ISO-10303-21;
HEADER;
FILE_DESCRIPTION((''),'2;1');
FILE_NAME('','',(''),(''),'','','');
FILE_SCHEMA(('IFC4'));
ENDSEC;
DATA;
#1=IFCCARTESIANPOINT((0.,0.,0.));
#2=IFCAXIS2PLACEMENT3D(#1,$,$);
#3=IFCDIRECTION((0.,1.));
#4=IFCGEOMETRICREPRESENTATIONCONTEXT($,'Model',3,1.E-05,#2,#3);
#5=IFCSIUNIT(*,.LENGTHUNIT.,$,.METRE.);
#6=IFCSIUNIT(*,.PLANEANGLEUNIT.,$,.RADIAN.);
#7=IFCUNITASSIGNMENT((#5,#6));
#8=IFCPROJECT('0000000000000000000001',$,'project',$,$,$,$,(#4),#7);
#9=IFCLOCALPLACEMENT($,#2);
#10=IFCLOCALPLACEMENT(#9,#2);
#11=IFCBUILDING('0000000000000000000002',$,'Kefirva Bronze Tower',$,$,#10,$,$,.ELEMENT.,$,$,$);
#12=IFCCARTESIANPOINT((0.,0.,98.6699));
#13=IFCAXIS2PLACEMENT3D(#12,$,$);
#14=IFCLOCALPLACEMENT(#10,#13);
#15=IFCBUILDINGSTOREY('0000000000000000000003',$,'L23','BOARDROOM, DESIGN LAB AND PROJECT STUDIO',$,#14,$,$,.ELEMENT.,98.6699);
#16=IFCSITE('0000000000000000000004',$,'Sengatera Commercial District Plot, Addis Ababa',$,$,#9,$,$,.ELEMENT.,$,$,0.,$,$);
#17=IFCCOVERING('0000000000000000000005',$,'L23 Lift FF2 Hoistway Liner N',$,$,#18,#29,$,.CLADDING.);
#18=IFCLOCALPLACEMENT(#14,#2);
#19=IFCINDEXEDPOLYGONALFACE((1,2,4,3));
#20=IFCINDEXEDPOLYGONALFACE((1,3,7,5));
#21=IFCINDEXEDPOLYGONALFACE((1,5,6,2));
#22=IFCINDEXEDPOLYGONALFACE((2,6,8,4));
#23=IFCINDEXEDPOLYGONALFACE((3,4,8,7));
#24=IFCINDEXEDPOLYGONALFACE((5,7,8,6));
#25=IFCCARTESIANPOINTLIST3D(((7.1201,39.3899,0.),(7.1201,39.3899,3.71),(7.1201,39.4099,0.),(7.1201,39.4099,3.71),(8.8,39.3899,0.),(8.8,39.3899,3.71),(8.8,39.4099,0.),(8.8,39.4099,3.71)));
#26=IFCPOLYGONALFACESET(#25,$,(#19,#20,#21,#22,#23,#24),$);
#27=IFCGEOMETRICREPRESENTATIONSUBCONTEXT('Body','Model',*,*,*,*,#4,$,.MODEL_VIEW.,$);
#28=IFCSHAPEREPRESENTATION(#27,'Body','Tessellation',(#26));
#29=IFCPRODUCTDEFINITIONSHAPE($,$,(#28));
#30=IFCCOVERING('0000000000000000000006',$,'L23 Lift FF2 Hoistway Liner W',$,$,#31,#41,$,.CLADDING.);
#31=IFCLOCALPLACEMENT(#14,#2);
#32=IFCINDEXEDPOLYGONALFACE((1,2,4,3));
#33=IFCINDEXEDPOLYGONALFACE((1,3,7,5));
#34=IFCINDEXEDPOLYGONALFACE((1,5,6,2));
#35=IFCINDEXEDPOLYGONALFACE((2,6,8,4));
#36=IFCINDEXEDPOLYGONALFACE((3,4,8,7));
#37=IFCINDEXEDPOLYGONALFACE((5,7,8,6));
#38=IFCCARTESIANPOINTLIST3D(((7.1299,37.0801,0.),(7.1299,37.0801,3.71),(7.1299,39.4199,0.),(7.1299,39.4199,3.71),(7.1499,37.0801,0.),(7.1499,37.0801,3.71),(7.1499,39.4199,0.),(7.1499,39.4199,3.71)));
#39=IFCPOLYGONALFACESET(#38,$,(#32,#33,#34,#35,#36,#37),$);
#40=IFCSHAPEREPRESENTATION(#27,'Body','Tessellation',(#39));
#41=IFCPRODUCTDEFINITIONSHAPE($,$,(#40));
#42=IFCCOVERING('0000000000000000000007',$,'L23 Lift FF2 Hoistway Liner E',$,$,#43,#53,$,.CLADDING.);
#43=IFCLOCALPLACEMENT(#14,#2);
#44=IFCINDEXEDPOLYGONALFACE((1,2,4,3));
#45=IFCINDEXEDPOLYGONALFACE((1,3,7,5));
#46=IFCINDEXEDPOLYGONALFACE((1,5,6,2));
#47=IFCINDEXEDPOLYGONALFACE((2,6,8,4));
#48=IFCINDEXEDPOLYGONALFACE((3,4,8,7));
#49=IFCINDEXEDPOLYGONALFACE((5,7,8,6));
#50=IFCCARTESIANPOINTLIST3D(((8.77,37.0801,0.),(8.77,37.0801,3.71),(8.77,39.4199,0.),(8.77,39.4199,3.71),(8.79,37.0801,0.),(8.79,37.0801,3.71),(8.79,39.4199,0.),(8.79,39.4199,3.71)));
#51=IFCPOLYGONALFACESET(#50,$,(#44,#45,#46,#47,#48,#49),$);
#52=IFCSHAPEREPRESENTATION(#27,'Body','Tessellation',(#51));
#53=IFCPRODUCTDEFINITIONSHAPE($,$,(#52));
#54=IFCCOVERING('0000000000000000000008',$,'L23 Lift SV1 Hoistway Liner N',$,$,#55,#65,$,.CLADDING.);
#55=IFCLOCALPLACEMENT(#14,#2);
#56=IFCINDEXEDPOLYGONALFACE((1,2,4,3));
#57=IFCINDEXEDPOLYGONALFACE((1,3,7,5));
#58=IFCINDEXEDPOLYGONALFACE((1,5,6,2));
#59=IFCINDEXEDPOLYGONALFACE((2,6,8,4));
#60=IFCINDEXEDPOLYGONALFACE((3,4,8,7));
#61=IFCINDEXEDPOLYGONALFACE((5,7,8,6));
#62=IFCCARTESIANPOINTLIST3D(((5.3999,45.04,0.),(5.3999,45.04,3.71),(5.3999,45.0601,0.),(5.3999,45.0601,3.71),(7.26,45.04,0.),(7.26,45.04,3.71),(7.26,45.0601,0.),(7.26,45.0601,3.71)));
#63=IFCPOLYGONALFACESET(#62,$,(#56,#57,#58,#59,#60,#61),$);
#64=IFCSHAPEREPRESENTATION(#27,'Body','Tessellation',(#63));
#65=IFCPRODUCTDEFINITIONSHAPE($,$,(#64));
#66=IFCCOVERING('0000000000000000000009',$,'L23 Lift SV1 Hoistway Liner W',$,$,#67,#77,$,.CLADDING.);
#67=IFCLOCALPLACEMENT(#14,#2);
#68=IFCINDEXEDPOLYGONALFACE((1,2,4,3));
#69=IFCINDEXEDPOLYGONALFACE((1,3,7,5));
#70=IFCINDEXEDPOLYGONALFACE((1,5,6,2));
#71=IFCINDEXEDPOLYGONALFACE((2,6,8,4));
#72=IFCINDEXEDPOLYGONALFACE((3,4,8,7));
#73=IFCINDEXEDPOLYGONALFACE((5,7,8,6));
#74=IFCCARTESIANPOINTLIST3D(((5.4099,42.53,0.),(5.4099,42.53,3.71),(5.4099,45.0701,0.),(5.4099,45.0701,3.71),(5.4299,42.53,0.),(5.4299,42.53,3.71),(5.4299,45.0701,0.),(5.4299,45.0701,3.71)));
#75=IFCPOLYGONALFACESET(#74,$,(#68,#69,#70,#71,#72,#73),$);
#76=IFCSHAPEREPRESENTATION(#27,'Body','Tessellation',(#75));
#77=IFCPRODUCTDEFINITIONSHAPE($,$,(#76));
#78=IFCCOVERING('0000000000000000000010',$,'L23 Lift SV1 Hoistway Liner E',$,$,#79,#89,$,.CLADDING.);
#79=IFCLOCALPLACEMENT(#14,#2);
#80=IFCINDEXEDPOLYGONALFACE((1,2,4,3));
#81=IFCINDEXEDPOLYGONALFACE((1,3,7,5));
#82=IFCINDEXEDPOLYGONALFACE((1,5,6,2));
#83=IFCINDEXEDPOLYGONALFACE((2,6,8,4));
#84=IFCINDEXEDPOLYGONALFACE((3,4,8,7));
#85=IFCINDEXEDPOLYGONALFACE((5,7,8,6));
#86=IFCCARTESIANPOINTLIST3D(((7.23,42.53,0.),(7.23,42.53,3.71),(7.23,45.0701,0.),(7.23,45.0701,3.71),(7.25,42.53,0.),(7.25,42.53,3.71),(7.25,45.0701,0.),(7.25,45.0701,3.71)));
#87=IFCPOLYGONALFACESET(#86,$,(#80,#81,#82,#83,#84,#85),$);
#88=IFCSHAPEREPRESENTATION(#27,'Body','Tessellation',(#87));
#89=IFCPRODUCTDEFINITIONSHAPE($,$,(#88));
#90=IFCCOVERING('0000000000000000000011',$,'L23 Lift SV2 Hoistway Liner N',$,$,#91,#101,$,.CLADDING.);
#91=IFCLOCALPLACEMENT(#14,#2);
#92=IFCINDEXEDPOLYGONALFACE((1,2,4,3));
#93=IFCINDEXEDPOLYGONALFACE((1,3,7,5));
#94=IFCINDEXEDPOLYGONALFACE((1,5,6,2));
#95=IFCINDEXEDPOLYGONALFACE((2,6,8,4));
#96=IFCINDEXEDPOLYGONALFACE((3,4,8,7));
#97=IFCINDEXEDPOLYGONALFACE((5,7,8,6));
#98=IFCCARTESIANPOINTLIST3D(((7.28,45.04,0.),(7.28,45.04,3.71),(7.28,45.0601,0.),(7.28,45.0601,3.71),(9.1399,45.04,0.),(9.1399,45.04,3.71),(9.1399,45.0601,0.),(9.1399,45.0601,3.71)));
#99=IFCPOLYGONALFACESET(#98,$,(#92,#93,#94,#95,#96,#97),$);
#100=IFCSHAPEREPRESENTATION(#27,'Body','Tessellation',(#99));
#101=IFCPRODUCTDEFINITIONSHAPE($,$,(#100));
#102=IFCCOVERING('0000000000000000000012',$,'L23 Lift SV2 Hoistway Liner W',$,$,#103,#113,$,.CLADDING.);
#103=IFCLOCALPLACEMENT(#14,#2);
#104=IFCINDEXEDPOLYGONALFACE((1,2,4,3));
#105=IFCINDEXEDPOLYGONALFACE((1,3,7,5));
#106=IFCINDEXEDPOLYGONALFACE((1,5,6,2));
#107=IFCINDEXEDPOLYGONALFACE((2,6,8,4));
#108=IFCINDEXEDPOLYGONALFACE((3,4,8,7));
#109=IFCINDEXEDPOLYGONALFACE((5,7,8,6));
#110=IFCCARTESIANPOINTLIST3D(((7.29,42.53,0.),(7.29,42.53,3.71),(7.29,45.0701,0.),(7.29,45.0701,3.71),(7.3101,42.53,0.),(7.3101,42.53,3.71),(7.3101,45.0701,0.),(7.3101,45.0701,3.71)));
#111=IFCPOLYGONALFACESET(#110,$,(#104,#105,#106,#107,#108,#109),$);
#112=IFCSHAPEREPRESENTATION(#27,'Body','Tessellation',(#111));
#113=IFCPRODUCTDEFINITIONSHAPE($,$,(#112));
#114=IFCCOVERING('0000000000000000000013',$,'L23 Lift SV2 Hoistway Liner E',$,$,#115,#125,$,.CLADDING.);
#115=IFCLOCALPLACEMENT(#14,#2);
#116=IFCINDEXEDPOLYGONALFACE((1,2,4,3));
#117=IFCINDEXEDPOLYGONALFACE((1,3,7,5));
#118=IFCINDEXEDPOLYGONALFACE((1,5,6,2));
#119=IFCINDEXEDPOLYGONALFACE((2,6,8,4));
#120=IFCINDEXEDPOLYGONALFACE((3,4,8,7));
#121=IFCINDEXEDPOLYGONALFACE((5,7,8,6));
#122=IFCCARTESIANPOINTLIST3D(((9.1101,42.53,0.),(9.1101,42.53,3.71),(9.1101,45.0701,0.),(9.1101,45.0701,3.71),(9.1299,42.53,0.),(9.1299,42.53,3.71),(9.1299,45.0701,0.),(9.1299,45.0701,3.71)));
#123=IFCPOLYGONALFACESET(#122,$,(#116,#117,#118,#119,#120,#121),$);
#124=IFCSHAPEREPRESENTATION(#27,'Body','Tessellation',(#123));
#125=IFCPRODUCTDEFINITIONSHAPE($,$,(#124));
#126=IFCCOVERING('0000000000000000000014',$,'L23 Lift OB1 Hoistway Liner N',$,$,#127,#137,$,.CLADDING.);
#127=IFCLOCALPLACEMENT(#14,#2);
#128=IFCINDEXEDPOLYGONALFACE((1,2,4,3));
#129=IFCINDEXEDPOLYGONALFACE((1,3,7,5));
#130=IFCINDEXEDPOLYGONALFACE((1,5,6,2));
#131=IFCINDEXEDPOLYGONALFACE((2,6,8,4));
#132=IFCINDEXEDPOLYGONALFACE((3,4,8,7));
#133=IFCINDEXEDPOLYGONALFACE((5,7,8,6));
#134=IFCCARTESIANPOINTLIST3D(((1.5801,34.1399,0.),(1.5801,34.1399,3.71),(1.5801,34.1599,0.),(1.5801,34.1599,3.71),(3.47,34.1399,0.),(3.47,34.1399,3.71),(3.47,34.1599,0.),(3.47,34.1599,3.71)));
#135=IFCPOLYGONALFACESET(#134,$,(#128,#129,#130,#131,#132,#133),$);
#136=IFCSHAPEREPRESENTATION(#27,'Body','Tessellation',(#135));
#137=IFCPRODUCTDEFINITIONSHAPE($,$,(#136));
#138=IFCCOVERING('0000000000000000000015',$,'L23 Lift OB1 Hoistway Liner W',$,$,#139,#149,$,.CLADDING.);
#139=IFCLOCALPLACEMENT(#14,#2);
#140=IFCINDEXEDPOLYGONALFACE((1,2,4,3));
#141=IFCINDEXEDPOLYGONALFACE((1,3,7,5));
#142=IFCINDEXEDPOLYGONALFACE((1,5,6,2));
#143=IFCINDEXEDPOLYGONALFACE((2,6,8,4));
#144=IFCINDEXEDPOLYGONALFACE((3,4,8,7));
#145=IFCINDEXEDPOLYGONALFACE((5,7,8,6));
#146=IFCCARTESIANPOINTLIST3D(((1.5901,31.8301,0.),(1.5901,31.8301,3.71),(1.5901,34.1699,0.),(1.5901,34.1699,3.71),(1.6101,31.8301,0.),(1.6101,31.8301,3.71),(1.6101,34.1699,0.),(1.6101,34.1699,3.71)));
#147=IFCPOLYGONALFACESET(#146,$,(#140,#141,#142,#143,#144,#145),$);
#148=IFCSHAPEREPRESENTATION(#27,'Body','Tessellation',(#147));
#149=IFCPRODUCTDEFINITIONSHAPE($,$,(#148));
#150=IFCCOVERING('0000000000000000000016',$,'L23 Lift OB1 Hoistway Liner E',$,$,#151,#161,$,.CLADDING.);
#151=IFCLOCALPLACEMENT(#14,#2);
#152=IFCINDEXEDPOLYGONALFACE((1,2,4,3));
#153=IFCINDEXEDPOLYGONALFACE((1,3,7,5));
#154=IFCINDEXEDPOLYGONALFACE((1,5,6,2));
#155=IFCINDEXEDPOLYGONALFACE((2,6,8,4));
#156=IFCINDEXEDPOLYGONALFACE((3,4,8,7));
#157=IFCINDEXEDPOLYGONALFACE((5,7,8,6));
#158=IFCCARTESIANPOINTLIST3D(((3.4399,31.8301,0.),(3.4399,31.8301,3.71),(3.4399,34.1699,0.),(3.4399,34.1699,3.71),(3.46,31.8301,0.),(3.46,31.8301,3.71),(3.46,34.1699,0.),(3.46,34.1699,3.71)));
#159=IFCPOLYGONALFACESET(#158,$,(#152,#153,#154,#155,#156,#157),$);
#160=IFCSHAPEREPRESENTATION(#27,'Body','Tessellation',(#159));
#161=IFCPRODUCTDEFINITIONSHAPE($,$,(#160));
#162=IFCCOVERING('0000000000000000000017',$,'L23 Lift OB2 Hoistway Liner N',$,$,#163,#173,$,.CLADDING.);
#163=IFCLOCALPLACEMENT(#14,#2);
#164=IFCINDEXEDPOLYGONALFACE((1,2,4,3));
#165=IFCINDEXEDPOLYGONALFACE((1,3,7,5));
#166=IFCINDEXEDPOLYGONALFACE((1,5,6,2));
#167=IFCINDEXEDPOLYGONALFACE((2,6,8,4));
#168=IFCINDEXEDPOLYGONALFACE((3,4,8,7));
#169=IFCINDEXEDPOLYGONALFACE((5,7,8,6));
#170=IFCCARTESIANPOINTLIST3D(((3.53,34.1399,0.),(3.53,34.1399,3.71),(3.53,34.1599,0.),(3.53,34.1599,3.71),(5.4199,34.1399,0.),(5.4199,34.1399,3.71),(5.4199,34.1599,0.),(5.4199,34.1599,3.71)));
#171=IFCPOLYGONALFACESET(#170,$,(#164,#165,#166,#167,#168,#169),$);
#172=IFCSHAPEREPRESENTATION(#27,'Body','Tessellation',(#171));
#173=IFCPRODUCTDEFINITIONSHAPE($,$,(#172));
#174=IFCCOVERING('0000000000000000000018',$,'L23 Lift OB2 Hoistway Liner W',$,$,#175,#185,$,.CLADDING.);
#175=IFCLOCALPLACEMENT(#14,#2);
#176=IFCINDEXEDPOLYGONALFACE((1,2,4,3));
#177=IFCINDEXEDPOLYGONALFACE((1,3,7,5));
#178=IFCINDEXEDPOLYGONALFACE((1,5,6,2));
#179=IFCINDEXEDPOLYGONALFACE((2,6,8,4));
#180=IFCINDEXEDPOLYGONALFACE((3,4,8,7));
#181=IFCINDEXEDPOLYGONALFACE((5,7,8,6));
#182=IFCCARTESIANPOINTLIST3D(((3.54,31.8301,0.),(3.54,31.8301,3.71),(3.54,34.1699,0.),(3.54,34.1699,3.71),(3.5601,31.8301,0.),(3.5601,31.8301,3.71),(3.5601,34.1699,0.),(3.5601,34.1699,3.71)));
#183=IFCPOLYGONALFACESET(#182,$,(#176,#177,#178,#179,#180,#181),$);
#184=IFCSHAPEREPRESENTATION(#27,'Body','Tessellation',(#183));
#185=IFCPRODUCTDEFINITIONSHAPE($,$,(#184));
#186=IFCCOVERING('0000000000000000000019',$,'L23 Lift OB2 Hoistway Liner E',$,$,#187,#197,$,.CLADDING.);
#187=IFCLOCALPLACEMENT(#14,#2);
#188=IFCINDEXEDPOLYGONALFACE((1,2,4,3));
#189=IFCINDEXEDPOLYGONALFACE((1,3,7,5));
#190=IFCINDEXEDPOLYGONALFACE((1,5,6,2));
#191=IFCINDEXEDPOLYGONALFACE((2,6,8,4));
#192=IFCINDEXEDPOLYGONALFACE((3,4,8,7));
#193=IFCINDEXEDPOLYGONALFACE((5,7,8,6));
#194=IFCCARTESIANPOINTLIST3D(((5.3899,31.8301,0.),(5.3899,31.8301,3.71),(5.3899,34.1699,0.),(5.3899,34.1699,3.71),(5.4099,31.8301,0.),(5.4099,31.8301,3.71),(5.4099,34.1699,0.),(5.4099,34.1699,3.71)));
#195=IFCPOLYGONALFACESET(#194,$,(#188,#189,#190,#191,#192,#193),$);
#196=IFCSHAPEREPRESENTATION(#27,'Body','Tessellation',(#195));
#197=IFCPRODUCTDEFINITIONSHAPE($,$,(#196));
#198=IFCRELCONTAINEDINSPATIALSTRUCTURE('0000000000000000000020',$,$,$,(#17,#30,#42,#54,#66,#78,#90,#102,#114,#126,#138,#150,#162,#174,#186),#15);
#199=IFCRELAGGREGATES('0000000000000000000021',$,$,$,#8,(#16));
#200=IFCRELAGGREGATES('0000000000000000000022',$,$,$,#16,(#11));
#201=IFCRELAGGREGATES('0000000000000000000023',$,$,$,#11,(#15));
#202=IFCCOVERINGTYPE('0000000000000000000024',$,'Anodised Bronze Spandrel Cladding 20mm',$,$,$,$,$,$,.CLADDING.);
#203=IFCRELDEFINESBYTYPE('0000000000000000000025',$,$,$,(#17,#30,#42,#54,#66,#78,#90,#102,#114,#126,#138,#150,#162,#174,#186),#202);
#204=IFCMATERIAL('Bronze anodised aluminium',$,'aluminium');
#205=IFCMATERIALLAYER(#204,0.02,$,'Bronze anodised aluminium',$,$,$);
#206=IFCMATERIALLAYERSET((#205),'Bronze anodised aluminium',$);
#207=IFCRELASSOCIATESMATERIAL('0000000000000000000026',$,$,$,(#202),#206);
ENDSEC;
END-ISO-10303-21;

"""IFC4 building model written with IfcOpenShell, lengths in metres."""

from ifc_helpers import new_model, si_unit, direction, frame, origin, place, context, subcontext, project, spatial, polyline, outline, extrude, material, layer, layer_set, type_object, element, save


model = new_model("IFC4")

# Units and contexts
model_context = context("Model", 3, precision=1e-05, world=origin(), true_north=direction((0.0, 1.0)))
body_context = subcontext(model_context, "Body", "Model", "MODEL_VIEW")
ifc_project = project(units=[si_unit("LENGTHUNIT", "METRE"), si_unit("PLANEANGLEUNIT", "RADIAN")], contexts=[model_context])

# Site, building, storey
site_placement = place(None, origin())
site = spatial("IfcSite", under=ifc_project, at=site_placement, Name="Sengatera Commercial District Plot, Addis Ababa", CompositionType="ELEMENT", RefElevation=0.0)
building_placement = place(site_placement, origin())
building = spatial("IfcBuilding", under=site, at=building_placement, Name="Kefirva Bronze Tower", CompositionType="ELEMENT")
storey_placement = place(building_placement, frame((0.0, 0.0, 98.6699)))
storey = spatial("IfcBuildingStorey", under=building, at=storey_placement, Name="L23", Description="BOARDROOM, DESIGN LAB AND PROJECT STUDIO", CompositionType="ELEMENT", Elevation=98.6699)

# Coverings
ifc_material_1 = material(Name="Bronze anodised aluminium", Category="aluminium")
ifc_layer_1 = layer(ifc_material_1, 0.02, Name="Bronze anodised aluminium")
ifc_layer_set_1 = layer_set([ifc_layer_1], Name="Bronze anodised aluminium")
covering_type = type_object("IfcCoveringType", Name="Anodised Bronze Spandrel Cladding 20mm", PredefinedType="CLADDING", material=ifc_layer_set_1)
covering_1_placement = place(storey_placement, origin())
element("IfcCovering", 1, at=covering_1_placement, inside=storey, type_object=covering_type, Name="L23 Lift FF2 Hoistway Liner N", PredefinedType="CLADDING", context=body_context, shape_type="SweptSolid", body=[
    extrude(outline(polyline([(7.1201, 39.3899), (8.8, 39.3899), (8.8, 39.4099), (7.1201, 39.4099), (7.1201, 39.3899)])), origin(), (0.0, 0.0, 1.0), 3.71),
])
covering_2_placement = place(storey_placement, origin())
element("IfcCovering", 2, at=covering_2_placement, inside=storey, type_object=covering_type, Name="L23 Lift FF2 Hoistway Liner W", PredefinedType="CLADDING", context=body_context, shape_type="SweptSolid", body=[
    extrude(outline(polyline([(7.1299, 37.0801), (7.1499, 37.0801), (7.1499, 39.4199), (7.1299, 39.4199), (7.1299, 37.0801)])), origin(), (0.0, 0.0, 1.0), 3.71),
])
covering_3_placement = place(storey_placement, origin())
element("IfcCovering", 3, at=covering_3_placement, inside=storey, type_object=covering_type, Name="L23 Lift FF2 Hoistway Liner E", PredefinedType="CLADDING", context=body_context, shape_type="SweptSolid", body=[
    extrude(outline(polyline([(8.77, 37.0801), (8.79, 37.0801), (8.79, 39.4199), (8.77, 39.4199), (8.77, 37.0801)])), origin(), (0.0, 0.0, 1.0), 3.71),
])
covering_4_placement = place(storey_placement, origin())
element("IfcCovering", 4, at=covering_4_placement, inside=storey, type_object=covering_type, Name="L23 Lift SV1 Hoistway Liner N", PredefinedType="CLADDING", context=body_context, shape_type="SweptSolid", body=[
    extrude(outline(polyline([(5.3999, 45.04), (7.26, 45.04), (7.26, 45.0601), (5.3999, 45.0601), (5.3999, 45.04)])), origin(), (0.0, 0.0, 1.0), 3.71),
])
covering_5_placement = place(storey_placement, origin())
element("IfcCovering", 5, at=covering_5_placement, inside=storey, type_object=covering_type, Name="L23 Lift SV1 Hoistway Liner W", PredefinedType="CLADDING", context=body_context, shape_type="SweptSolid", body=[
    extrude(outline(polyline([(5.4099, 42.53), (5.4299, 42.53), (5.4299, 45.0701), (5.4099, 45.0701), (5.4099, 42.53)])), origin(), (0.0, 0.0, 1.0), 3.71),
])
covering_6_placement = place(storey_placement, origin())
element("IfcCovering", 6, at=covering_6_placement, inside=storey, type_object=covering_type, Name="L23 Lift SV1 Hoistway Liner E", PredefinedType="CLADDING", context=body_context, shape_type="SweptSolid", body=[
    extrude(outline(polyline([(7.23, 42.53), (7.25, 42.53), (7.25, 45.0701), (7.23, 45.0701), (7.23, 42.53)])), origin(), (0.0, 0.0, 1.0), 3.71),
])
covering_7_placement = place(storey_placement, origin())
element("IfcCovering", 7, at=covering_7_placement, inside=storey, type_object=covering_type, Name="L23 Lift SV2 Hoistway Liner N", PredefinedType="CLADDING", context=body_context, shape_type="SweptSolid", body=[
    extrude(outline(polyline([(7.28, 45.04), (9.1399, 45.04), (9.1399, 45.0601), (7.28, 45.0601), (7.28, 45.04)])), origin(), (0.0, 0.0, 1.0), 3.71),
])
covering_8_placement = place(storey_placement, origin())
element("IfcCovering", 8, at=covering_8_placement, inside=storey, type_object=covering_type, Name="L23 Lift SV2 Hoistway Liner W", PredefinedType="CLADDING", context=body_context, shape_type="SweptSolid", body=[
    extrude(outline(polyline([(7.29, 42.53), (7.3101, 42.53), (7.3101, 45.0701), (7.29, 45.0701), (7.29, 42.53)])), origin(), (0.0, 0.0, 1.0), 3.71),
])
covering_9_placement = place(storey_placement, origin())
element("IfcCovering", 9, at=covering_9_placement, inside=storey, type_object=covering_type, Name="L23 Lift SV2 Hoistway Liner E", PredefinedType="CLADDING", context=body_context, shape_type="SweptSolid", body=[
    extrude(outline(polyline([(9.1101, 42.53), (9.1299, 42.53), (9.1299, 45.0701), (9.1101, 45.0701), (9.1101, 42.53)])), origin(), (0.0, 0.0, 1.0), 3.71),
])
covering_10_placement = place(storey_placement, origin())
element("IfcCovering", 10, at=covering_10_placement, inside=storey, type_object=covering_type, Name="L23 Lift OB1 Hoistway Liner N", PredefinedType="CLADDING", context=body_context, shape_type="SweptSolid", body=[
    extrude(outline(polyline([(1.5801, 34.1399), (3.47, 34.1399), (3.47, 34.1599), (1.5801, 34.1599), (1.5801, 34.1399)])), origin(), (0.0, 0.0, 1.0), 3.71),
])
covering_11_placement = place(storey_placement, origin())
element("IfcCovering", 11, at=covering_11_placement, inside=storey, type_object=covering_type, Name="L23 Lift OB1 Hoistway Liner W", PredefinedType="CLADDING", context=body_context, shape_type="SweptSolid", body=[
    extrude(outline(polyline([(1.5901, 31.8301), (1.6101, 31.8301), (1.6101, 34.1699), (1.5901, 34.1699), (1.5901, 31.8301)])), origin(), (0.0, 0.0, 1.0), 3.71),
])
covering_12_placement = place(storey_placement, origin())
element("IfcCovering", 12, at=covering_12_placement, inside=storey, type_object=covering_type, Name="L23 Lift OB1 Hoistway Liner E", PredefinedType="CLADDING", context=body_context, shape_type="SweptSolid", body=[
    extrude(outline(polyline([(3.4399, 31.8301), (3.46, 31.8301), (3.46, 34.1699), (3.4399, 34.1699), (3.4399, 31.8301)])), origin(), (0.0, 0.0, 1.0), 3.71),
])
covering_13_placement = place(storey_placement, origin())
element("IfcCovering", 13, at=covering_13_placement, inside=storey, type_object=covering_type, Name="L23 Lift OB2 Hoistway Liner N", PredefinedType="CLADDING", context=body_context, shape_type="SweptSolid", body=[
    extrude(outline(polyline([(3.53, 34.1399), (5.4199, 34.1399), (5.4199, 34.1599), (3.53, 34.1599), (3.53, 34.1399)])), origin(), (0.0, 0.0, 1.0), 3.71),
])
covering_14_placement = place(storey_placement, origin())
element("IfcCovering", 14, at=covering_14_placement, inside=storey, type_object=covering_type, Name="L23 Lift OB2 Hoistway Liner W", PredefinedType="CLADDING", context=body_context, shape_type="SweptSolid", body=[
    extrude(outline(polyline([(3.54, 31.8301), (3.5601, 31.8301), (3.5601, 34.1699), (3.54, 34.1699), (3.54, 31.8301)])), origin(), (0.0, 0.0, 1.0), 3.71),
])
covering_15_placement = place(storey_placement, origin())
element("IfcCovering", 15, at=covering_15_placement, inside=storey, type_object=covering_type, Name="L23 Lift OB2 Hoistway Liner E", PredefinedType="CLADDING", context=body_context, shape_type="SweptSolid", body=[
    extrude(outline(polyline([(5.3899, 31.8301), (5.4099, 31.8301), (5.4099, 34.1699), (5.3899, 34.1699), (5.3899, 31.8301)])), origin(), (0.0, 0.0, 1.0), 3.71),
])

save(model, "model.ifc")
